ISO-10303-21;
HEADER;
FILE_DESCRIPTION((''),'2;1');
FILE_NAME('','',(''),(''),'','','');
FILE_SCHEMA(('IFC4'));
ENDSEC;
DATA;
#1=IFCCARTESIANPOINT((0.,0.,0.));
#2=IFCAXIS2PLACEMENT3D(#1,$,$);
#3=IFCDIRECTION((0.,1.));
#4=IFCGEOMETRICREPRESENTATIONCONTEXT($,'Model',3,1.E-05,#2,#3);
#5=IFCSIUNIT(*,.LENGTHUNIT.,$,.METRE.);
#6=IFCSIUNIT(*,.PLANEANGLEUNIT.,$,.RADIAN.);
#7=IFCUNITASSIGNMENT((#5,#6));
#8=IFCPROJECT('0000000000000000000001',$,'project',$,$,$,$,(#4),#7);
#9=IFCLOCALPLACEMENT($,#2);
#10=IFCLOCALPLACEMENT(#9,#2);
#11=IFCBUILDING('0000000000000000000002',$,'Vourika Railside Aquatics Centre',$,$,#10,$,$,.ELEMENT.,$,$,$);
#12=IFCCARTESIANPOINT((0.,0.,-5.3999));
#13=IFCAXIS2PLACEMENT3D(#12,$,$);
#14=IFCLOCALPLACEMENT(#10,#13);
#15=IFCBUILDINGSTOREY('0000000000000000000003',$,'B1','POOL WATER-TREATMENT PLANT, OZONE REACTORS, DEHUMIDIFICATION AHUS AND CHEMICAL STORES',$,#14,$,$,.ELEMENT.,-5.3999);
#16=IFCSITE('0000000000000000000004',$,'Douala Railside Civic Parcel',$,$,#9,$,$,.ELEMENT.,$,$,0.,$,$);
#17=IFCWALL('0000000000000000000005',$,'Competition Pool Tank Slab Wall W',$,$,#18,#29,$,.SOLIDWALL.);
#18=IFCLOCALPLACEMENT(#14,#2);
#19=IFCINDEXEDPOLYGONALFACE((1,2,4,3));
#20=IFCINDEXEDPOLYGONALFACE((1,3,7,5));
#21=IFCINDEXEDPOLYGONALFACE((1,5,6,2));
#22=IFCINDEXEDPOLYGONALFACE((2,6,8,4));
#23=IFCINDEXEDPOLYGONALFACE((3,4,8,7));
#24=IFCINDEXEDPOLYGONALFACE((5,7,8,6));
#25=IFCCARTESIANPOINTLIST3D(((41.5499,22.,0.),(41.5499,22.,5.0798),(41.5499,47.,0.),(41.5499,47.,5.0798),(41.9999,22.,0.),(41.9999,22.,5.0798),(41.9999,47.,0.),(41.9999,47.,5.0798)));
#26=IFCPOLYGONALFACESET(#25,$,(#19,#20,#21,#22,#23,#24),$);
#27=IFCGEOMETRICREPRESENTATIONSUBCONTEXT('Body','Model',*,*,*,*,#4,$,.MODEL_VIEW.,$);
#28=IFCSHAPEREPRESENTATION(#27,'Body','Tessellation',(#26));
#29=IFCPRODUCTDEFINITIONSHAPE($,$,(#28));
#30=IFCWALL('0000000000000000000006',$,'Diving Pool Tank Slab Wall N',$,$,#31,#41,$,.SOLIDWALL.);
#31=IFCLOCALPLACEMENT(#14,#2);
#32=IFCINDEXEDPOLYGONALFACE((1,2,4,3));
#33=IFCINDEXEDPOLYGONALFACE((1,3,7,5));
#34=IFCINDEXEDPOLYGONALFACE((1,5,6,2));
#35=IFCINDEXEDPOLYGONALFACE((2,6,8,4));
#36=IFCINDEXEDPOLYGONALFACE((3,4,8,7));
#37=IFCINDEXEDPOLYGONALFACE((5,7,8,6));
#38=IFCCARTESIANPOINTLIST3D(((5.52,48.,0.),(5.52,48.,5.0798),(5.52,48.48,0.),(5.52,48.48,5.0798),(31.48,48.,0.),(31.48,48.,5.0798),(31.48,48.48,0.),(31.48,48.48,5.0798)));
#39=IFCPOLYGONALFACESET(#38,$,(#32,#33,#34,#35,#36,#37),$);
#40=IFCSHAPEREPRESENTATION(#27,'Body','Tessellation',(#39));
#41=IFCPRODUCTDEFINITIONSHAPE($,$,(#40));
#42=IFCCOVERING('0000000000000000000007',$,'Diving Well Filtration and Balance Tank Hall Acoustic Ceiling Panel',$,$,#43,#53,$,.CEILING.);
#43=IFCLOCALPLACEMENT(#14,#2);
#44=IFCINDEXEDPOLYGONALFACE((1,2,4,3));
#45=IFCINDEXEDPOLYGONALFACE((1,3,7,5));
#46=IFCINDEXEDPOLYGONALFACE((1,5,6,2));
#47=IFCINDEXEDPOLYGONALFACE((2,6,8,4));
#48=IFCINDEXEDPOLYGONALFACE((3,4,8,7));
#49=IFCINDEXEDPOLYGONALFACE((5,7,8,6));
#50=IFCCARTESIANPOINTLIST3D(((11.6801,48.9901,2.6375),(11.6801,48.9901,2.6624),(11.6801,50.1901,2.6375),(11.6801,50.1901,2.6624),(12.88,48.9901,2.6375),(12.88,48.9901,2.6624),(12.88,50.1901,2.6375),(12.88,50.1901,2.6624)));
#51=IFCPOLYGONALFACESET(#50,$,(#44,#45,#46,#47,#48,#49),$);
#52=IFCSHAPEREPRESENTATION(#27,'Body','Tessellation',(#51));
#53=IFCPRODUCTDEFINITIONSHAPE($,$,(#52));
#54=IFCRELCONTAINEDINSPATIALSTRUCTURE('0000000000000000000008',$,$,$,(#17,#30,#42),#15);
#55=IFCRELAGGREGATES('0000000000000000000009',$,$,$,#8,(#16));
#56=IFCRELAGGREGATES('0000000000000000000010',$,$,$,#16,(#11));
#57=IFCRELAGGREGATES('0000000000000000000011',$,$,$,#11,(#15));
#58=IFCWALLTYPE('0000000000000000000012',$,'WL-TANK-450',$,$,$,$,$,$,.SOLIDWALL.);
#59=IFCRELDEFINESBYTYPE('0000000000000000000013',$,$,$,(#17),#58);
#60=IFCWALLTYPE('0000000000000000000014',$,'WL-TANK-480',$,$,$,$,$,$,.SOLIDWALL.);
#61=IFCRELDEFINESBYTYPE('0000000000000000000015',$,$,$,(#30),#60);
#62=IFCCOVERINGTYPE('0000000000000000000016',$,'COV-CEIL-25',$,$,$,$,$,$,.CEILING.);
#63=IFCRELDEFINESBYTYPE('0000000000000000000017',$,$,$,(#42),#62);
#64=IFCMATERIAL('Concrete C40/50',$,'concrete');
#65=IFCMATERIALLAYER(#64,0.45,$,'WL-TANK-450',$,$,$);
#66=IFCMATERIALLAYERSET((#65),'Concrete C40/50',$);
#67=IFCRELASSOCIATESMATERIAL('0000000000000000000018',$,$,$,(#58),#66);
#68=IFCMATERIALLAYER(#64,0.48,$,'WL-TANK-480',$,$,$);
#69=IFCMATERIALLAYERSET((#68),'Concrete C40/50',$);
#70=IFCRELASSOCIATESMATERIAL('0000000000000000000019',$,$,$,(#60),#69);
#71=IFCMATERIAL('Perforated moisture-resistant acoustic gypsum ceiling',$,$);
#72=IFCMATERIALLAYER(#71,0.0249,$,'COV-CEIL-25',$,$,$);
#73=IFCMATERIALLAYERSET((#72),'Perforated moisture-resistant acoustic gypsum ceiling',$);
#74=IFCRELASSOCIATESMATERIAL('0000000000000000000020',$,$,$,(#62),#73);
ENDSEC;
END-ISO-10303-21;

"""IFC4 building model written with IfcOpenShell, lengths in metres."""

from ifc_helpers import new_model, si_unit, direction, frame, frame_2d, origin, origin_2d, place, context, subcontext, project, spatial, rectangle, extrude, material, layer, layer_set, type_object, element, save


model = new_model("IFC4")

# Units and contexts
model_context = context("Model", 3, precision=1e-05, world=origin(), true_north=direction((0.0, 1.0)))
body_context = subcontext(model_context, "Body", "Model", "MODEL_VIEW")
ifc_project = project(units=[si_unit("LENGTHUNIT", "METRE"), si_unit("PLANEANGLEUNIT", "RADIAN")], contexts=[model_context])

# Site, building, storey
site_placement = place(None, origin())
site = spatial("IfcSite", under=ifc_project, at=site_placement, Name="Douala Railside Civic Parcel", CompositionType="ELEMENT", RefElevation=0.0)
building_placement = place(site_placement, origin())
building = spatial("IfcBuilding", under=site, at=building_placement, Name="Vourika Railside Aquatics Centre", CompositionType="ELEMENT")
storey_placement = place(building_placement, frame((0.0, 0.0, -5.3999)))
storey = spatial("IfcBuildingStorey", under=building, at=storey_placement, Name="B1", Description="POOL WATER-TREATMENT PLANT, OZONE REACTORS, DEHUMIDIFICATION AHUS AND CHEMICAL STORES", CompositionType="ELEMENT", Elevation=-5.3999)

# Shared definitions
ifc_material_1 = material(Name="Concrete C40/50", Category="concrete")

# Walls
ifc_layer_1 = layer(ifc_material_1, 0.45, Name="WL-TANK-450")
ifc_layer_set_1 = layer_set([ifc_layer_1], Name="Concrete C40/50")
wall_type_1 = type_object("IfcWallType", Name="WL-TANK-450", PredefinedType="SOLIDWALL", material=ifc_layer_set_1)
wall_1_placement = place(storey_placement, frame((41.7749, 47.0, 0.0), z_axis=(0.0, 0.0, 1.0), x_axis=(0.0, -1.0, 0.0)))
element("IfcWall", 1, at=wall_1_placement, inside=storey, type_object=wall_type_1, Name="Competition Pool Tank Slab Wall W", PredefinedType="SOLIDWALL", context=body_context, shape_type="SweptSolid", body=[
    extrude(rectangle(XDim=25.0, YDim=0.45, at=frame_2d((12.5, 0.0))), origin(), (0.0, 0.0, 1.0), 5.0798),
])
ifc_layer_2 = layer(ifc_material_1, 0.48, Name="WL-TANK-480")
ifc_layer_set_2 = layer_set([ifc_layer_2], Name="Concrete C40/50")
wall_type_2 = type_object("IfcWallType", Name="WL-TANK-480", PredefinedType="SOLIDWALL", material=ifc_layer_set_2)
wall_2_placement = place(storey_placement, frame((31.48, 48.24, 0.0), z_axis=(0.0, 0.0, 1.0), x_axis=(-1.0, 0.0, 0.0)))
element("IfcWall", 2, at=wall_2_placement, inside=storey, type_object=wall_type_2, Name="Diving Pool Tank Slab Wall N", PredefinedType="SOLIDWALL", context=body_context, shape_type="SweptSolid", body=[
    extrude(rectangle(XDim=25.96, YDim=0.48, at=frame_2d((12.98, 0.0))), origin(), (0.0, 0.0, 1.0), 5.0798),
])

# Covering
ifc_material_2 = material(Name="Perforated moisture-resistant acoustic gypsum ceiling")
ifc_layer_3 = layer(ifc_material_2, 0.0249, Name="COV-CEIL-25")
ifc_layer_set_3 = layer_set([ifc_layer_3], Name="Perforated moisture-resistant acoustic gypsum ceiling")
covering_type = type_object("IfcCoveringType", Name="COV-CEIL-25", PredefinedType="CEILING", material=ifc_layer_set_3)
covering_placement = place(storey_placement, frame((12.28, 49.5901, 2.6375), z_axis=(0.0, 0.0, 1.0), x_axis=(1.0, 0.0, 0.0)))
element("IfcCovering", 3, at=covering_placement, inside=storey, type_object=covering_type, Name="Diving Well Filtration and Balance Tank Hall Acoustic Ceiling Panel", PredefinedType="CEILING", context=body_context, shape_type="SweptSolid", body=[
    extrude(rectangle(XDim=1.2, YDim=1.2, at=origin_2d()), origin(), (0.0, 0.0, 1.0), 0.0249),
])

save(model, "model.ifc")
